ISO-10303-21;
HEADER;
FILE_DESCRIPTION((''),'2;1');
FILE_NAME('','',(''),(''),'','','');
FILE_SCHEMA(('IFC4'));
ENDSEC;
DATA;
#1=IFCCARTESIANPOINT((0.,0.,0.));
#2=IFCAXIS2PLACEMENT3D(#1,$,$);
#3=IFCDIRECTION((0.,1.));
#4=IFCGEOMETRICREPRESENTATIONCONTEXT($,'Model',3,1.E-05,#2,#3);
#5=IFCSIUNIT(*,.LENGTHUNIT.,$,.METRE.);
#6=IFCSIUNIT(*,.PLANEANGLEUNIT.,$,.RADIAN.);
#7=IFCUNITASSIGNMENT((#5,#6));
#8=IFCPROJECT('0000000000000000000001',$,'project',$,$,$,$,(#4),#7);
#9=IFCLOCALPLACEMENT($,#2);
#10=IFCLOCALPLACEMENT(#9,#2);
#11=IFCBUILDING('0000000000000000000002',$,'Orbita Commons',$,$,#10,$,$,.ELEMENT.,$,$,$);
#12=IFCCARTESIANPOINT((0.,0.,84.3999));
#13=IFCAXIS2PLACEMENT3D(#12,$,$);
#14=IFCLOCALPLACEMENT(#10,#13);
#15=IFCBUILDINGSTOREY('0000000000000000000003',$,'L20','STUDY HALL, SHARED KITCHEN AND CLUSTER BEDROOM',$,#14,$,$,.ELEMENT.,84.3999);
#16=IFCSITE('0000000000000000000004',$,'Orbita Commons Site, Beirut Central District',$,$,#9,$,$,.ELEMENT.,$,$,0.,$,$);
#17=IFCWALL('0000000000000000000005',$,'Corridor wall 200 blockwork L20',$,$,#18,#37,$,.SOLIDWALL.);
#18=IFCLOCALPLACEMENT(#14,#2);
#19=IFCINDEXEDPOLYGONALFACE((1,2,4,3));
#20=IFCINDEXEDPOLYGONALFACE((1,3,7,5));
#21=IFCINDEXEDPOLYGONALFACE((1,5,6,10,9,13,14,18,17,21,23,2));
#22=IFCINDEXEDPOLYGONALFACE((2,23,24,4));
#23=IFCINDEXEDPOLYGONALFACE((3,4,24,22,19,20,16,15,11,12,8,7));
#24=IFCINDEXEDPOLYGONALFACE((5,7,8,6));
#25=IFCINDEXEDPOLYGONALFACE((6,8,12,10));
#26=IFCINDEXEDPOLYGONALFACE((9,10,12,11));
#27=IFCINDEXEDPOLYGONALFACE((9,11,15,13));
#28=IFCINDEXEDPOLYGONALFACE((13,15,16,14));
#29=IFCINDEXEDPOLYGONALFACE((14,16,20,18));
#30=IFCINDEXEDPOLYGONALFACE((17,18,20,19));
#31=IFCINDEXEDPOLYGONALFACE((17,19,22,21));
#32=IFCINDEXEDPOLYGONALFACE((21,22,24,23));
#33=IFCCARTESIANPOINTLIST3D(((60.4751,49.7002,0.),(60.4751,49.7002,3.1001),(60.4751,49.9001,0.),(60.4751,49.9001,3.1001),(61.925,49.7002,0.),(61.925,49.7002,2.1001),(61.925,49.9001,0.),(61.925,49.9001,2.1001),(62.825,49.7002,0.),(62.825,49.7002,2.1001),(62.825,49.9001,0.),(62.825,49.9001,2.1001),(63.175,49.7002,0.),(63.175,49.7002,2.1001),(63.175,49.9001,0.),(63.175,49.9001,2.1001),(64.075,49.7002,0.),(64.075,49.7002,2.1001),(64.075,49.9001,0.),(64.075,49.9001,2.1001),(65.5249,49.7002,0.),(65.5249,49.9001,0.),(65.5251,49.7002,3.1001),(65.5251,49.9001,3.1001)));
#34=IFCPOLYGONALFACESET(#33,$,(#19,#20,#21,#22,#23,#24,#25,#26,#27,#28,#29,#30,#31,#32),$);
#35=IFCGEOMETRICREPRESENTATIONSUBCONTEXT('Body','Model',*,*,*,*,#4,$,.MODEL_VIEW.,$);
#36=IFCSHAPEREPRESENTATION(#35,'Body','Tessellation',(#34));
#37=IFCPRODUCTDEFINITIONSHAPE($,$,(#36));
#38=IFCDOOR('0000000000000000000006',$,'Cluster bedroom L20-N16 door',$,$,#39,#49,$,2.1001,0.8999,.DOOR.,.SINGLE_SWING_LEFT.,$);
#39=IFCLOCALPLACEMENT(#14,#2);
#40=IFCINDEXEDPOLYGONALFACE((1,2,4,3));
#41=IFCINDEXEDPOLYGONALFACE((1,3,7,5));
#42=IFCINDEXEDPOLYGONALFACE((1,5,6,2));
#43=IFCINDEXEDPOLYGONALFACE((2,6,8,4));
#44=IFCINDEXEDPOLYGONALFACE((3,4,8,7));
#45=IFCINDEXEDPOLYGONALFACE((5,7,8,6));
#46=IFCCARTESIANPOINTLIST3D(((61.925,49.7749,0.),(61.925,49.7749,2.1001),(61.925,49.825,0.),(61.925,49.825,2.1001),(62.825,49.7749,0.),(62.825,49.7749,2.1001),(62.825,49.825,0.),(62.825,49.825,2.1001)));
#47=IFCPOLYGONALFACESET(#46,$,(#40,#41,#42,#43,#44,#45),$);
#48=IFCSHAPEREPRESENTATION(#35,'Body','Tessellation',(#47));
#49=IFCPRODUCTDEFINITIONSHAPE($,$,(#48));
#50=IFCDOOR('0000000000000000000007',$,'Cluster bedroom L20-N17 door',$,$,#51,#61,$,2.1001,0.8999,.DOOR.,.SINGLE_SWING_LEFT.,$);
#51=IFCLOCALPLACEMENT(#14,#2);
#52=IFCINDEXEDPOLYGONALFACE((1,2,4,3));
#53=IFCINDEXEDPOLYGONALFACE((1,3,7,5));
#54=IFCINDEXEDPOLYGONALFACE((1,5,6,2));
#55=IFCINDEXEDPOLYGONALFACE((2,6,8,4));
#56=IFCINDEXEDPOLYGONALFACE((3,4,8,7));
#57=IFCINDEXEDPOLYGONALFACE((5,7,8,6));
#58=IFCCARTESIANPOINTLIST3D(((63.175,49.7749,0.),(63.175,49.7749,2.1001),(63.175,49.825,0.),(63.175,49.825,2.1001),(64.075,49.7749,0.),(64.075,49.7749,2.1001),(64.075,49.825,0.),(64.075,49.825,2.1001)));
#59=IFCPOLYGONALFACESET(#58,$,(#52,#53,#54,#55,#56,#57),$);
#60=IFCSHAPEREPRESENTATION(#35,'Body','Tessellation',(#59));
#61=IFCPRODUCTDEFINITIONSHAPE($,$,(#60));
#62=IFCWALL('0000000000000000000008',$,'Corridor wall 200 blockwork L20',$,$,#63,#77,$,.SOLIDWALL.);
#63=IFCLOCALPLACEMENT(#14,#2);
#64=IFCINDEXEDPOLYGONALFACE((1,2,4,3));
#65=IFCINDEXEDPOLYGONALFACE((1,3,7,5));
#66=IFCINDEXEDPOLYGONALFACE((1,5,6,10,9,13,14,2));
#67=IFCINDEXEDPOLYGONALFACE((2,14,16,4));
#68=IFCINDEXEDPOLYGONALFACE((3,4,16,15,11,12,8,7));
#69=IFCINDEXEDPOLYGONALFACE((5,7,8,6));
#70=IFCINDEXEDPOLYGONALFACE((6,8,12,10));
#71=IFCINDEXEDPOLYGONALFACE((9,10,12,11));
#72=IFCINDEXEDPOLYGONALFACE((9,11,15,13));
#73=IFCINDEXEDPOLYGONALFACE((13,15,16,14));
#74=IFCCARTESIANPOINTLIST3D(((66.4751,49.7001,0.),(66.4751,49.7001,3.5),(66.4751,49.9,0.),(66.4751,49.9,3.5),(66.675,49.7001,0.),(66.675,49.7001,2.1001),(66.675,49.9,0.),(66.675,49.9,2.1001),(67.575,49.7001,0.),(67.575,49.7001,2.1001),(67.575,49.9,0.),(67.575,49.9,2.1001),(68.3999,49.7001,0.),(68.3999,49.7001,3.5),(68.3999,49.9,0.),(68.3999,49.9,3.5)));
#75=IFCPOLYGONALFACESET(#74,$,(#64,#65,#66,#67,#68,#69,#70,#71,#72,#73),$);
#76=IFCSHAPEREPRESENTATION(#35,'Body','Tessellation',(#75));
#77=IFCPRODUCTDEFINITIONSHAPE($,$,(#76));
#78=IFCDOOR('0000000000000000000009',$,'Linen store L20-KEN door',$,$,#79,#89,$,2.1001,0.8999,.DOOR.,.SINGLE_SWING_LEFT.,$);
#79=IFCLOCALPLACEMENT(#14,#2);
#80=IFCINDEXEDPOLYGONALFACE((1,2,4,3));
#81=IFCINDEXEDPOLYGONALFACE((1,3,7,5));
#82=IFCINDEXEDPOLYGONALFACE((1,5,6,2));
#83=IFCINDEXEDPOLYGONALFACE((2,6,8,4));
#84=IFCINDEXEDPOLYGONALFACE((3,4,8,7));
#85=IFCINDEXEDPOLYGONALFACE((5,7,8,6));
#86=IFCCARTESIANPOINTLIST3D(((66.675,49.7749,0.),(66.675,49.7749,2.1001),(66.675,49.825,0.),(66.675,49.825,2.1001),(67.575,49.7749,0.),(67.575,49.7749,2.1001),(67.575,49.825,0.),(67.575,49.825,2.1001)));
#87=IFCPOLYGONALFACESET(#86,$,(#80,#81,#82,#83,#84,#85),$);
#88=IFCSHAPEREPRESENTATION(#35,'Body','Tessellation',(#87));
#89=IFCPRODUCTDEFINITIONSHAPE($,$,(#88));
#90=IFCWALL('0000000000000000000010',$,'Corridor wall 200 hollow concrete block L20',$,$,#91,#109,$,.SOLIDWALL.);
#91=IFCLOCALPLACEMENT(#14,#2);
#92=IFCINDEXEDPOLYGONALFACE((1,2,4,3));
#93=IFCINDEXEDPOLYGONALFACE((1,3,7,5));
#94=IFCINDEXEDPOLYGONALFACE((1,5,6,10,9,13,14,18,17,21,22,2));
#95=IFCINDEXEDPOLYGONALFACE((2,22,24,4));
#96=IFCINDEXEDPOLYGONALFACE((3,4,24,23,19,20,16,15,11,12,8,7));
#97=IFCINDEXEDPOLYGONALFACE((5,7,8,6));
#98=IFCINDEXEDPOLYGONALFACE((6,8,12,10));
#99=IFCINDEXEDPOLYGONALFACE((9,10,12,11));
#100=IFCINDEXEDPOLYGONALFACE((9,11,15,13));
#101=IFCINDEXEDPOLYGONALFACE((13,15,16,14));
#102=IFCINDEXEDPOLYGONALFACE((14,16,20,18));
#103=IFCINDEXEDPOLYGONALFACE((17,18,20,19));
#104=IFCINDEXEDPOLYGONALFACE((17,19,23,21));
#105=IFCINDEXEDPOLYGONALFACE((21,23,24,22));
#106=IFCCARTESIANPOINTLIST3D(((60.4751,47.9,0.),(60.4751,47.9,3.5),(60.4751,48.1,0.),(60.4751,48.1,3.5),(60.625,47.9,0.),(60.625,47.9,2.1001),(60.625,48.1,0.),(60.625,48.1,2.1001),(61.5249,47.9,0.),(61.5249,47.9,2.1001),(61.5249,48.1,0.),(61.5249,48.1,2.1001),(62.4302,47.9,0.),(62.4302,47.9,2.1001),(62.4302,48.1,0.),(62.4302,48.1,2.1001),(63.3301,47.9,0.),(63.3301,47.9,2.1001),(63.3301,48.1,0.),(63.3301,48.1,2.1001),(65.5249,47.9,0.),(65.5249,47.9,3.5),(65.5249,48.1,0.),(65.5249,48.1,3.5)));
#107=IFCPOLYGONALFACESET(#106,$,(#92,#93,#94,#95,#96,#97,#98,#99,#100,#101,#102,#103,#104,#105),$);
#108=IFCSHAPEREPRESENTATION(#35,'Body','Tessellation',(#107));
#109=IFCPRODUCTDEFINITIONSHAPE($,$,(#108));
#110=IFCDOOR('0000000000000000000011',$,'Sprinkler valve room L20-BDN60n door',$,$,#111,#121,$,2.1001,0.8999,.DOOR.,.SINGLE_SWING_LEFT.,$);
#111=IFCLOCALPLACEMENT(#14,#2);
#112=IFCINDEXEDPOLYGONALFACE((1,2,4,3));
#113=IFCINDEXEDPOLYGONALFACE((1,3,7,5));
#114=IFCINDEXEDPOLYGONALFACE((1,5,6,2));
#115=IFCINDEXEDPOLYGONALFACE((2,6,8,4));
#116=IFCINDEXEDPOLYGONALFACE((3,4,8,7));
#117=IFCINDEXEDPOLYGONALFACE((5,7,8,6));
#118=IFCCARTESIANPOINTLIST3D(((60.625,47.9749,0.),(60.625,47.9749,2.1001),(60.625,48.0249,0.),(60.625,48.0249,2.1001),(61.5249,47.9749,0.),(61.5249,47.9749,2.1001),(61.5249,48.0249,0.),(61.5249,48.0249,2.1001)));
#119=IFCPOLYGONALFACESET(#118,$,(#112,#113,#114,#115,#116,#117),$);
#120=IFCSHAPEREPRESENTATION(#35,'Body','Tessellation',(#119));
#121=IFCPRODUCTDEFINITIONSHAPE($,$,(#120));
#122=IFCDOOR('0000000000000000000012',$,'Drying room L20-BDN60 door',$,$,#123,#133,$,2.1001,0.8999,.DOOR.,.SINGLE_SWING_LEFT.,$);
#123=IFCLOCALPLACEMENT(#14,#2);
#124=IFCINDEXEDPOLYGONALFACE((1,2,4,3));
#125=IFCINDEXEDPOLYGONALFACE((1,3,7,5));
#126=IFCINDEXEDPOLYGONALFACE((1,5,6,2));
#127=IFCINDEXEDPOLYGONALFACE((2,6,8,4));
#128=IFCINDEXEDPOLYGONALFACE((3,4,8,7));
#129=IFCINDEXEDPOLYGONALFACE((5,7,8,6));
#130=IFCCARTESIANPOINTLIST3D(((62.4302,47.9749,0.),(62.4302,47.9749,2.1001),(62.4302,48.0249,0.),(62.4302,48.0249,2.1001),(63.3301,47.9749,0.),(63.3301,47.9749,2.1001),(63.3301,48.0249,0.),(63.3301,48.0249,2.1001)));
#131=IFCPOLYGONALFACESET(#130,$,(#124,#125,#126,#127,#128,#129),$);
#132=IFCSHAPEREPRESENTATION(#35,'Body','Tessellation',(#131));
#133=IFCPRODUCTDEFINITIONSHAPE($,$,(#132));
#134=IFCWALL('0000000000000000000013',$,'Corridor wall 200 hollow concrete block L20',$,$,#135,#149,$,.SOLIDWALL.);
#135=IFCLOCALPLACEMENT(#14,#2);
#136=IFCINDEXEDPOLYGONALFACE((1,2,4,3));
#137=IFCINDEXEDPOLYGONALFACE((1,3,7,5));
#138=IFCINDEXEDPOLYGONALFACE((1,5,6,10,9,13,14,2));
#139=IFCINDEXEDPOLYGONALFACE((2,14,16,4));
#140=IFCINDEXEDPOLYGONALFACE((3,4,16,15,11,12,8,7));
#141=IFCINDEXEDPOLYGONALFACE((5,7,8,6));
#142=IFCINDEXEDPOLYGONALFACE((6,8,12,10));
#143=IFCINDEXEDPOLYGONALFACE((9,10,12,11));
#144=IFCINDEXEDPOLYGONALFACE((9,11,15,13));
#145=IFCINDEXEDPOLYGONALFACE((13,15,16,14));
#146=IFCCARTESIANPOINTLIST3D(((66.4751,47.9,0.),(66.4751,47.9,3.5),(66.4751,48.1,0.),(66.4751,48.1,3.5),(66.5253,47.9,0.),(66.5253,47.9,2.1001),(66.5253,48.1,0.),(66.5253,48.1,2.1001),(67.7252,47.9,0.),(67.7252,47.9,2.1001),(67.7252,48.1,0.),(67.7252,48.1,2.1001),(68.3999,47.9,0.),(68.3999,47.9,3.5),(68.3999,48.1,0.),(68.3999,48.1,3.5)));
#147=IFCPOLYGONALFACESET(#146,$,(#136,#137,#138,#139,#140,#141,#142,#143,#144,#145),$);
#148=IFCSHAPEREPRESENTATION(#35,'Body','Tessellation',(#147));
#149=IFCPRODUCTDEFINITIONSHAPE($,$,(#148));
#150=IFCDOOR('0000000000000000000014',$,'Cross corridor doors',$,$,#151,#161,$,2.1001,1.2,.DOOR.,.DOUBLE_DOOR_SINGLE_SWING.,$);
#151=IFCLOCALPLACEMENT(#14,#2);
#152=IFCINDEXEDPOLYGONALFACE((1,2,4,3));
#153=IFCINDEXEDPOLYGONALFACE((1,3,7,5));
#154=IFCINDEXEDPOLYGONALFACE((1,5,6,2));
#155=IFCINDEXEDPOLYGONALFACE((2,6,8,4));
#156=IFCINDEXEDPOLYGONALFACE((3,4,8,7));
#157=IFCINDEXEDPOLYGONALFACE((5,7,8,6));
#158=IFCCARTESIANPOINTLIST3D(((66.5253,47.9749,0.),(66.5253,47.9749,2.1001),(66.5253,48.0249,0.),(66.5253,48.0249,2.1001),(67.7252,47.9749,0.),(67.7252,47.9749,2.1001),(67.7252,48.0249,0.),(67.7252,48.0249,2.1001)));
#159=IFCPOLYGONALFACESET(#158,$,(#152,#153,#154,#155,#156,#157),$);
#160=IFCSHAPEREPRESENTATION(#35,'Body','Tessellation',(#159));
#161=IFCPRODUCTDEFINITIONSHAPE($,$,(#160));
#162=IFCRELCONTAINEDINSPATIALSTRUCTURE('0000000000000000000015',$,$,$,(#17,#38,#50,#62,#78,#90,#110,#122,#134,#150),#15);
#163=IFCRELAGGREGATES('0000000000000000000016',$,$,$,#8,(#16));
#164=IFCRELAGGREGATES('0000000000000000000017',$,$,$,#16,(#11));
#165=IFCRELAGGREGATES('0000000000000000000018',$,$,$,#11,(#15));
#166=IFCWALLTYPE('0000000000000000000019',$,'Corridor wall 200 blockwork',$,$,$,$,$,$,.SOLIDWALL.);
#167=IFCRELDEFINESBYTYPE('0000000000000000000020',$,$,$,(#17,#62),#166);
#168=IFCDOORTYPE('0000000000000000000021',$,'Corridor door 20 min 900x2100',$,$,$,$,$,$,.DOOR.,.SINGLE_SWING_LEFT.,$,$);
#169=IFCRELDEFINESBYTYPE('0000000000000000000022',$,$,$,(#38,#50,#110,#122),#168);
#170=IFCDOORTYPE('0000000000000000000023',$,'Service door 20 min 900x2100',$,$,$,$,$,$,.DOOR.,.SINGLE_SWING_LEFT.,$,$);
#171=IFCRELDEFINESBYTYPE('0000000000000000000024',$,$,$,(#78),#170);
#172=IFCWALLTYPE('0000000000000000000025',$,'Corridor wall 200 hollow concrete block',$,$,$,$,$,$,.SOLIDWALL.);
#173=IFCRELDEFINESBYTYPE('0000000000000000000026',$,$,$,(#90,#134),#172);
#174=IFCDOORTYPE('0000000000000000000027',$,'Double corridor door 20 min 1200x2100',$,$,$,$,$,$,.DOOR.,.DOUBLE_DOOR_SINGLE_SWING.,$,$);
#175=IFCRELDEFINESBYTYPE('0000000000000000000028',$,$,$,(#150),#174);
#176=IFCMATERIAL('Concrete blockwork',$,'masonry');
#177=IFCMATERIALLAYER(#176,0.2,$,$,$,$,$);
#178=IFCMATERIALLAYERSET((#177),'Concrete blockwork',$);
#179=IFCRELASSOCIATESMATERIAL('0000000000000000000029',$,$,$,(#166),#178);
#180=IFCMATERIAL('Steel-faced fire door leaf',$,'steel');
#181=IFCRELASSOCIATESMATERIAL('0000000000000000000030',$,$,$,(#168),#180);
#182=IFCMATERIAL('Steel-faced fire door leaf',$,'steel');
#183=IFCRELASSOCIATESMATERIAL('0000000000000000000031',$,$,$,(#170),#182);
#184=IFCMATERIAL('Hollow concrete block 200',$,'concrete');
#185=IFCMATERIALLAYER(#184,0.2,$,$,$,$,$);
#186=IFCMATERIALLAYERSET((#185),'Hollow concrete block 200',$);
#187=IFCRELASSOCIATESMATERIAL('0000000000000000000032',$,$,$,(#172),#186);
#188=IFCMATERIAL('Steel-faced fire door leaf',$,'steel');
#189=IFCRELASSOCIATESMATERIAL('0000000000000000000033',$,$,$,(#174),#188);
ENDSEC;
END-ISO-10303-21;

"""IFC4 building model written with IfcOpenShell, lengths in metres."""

from ifc_helpers import new_model, si_unit, direction, frame, frame_2d, origin, place, context, subcontext, project, spatial, polyline, rectangle, outline, extrude, material, layer, layer_set, type_object, element, fill, save


model = new_model("IFC4")

# Units and contexts
model_context = context("Model", 3, precision=1e-05, world=origin(), true_north=direction((0.0, 1.0)))
body_context = subcontext(model_context, "Body", "Model", "MODEL_VIEW")
ifc_project = project(units=[si_unit("LENGTHUNIT", "METRE"), si_unit("PLANEANGLEUNIT", "RADIAN")], contexts=[model_context])

# Site, building, storey
site_placement = place(None, origin())
site = spatial("IfcSite", under=ifc_project, at=site_placement, Name="Orbita Commons Site, Beirut Central District", CompositionType="ELEMENT", RefElevation=0.0)
building_placement = place(site_placement, origin())
building = spatial("IfcBuilding", under=site, at=building_placement, Name="Orbita Commons", CompositionType="ELEMENT")
storey_placement = place(building_placement, frame((0.0, 0.0, 84.3999)))
storey = spatial("IfcBuildingStorey", under=building, at=storey_placement, Name="L20", Description="STUDY HALL, SHARED KITCHEN AND CLUSTER BEDROOM", CompositionType="ELEMENT", Elevation=84.3999)

# Wall, openings, doors
ifc_material_1 = material(Name="Concrete blockwork", Category="masonry")
ifc_layer_1 = layer(ifc_material_1, 0.2)
ifc_layer_set_1 = layer_set([ifc_layer_1], Name="Concrete blockwork")
wall_type_1 = type_object("IfcWallType", Name="Corridor wall 200 blockwork", PredefinedType="SOLIDWALL", material=ifc_layer_set_1)
ifc_material_2 = material(Name="Steel-faced fire door leaf", Category="steel")
door_type_1 = type_object("IfcDoorType", Name="Corridor door 20 min 900x2100", OperationType="SINGLE_SWING_LEFT", PredefinedType="DOOR", material=ifc_material_2)
wall_1_placement = place(storey_placement, frame((60.4751, 49.8, 0.0), z_axis=(0.0, 0.0, 1.0), x_axis=(1.0, 0.0, 0.0)))
wall_1 = element("IfcWall", 1, at=wall_1_placement, inside=storey, type_object=wall_type_1, Name="Corridor wall 200 blockwork L20", PredefinedType="SOLIDWALL", context=body_context, shape_type="SweptSolid", body=[
    extrude(outline(polyline([(0.0, 0.0), (5.0498, 0.0), (5.05, 3.1001), (0.0, 3.1001), (0.0, 0.0)])), frame((0.0, 0.1001, 0.0), z_axis=(0.0, -1.0, 0.0), x_axis=(1.0, 0.0, 0.0)), (0.0, 0.0, 1.0), 0.2),
])
opening_1_placement = place(wall_1_placement, frame((1.45, 0.0, 0.0)))
opening_1 = element("IfcOpeningElement", 2, at=opening_1_placement, cuts=wall_1, PredefinedType="OPENING", context=body_context, shape_type="SweptSolid", body=[
    extrude(rectangle(XDim=0.8999, YDim=2.1001, at=frame_2d((0.45, 1.05))), frame((0.0, 0.1099, 0.0), z_axis=(0.0, -1.0, 0.0), x_axis=(1.0, 0.0, 0.0)), (0.0, 0.0, 1.0), 0.22),
])
opening_2_placement = place(wall_1_placement, frame((2.7, 0.0, 0.0)))
opening_2 = element("IfcOpeningElement", 3, at=opening_2_placement, cuts=wall_1, PredefinedType="OPENING", context=body_context, shape_type="SweptSolid", body=[
    extrude(rectangle(XDim=0.8999, YDim=2.1001, at=frame_2d((0.45, 1.05))), frame((0.0, 0.1099, 0.0), z_axis=(0.0, -1.0, 0.0), x_axis=(1.0, 0.0, 0.0)), (0.0, 0.0, 1.0), 0.22),
])
door_1_placement = place(opening_1_placement, origin())
door_1 = element("IfcDoor", 4, at=door_1_placement, inside=storey, type_object=door_type_1, Name="Cluster bedroom L20-N16 door", OperationType="SINGLE_SWING_LEFT", OverallHeight=2.1001, OverallWidth=0.8999, PredefinedType="DOOR", context=body_context, shape_type="SweptSolid", body=[
    extrude(rectangle(XDim=0.8999, YDim=2.1001, at=frame_2d((0.45, 1.05))), frame((0.0, 0.0249, 0.0), z_axis=(0.0, -1.0, 0.0), x_axis=(1.0, 0.0, 0.0)), (0.0, 0.0, 1.0), 0.05),
])
fill(opening_1, door_1)
door_2_placement = place(opening_2_placement, origin())
door_2 = element("IfcDoor", 5, at=door_2_placement, inside=storey, type_object=door_type_1, Name="Cluster bedroom L20-N17 door", OperationType="SINGLE_SWING_LEFT", OverallHeight=2.1001, OverallWidth=0.8999, PredefinedType="DOOR", context=body_context, shape_type="SweptSolid", body=[
    extrude(rectangle(XDim=0.8999, YDim=2.1001, at=frame_2d((0.45, 1.05))), frame((0.0, 0.0249, 0.0), z_axis=(0.0, -1.0, 0.0), x_axis=(1.0, 0.0, 0.0)), (0.0, 0.0, 1.0), 0.05),
])
fill(opening_2, door_2)

# Wall, opening, door
wall_2_placement = place(storey_placement, frame((66.4751, 49.8, 0.0), z_axis=(0.0, 0.0, 1.0), x_axis=(1.0, 0.0, 0.0)))
wall_2 = element("IfcWall", 6, at=wall_2_placement, inside=storey, type_object=wall_type_1, Name="Corridor wall 200 blockwork L20", PredefinedType="SOLIDWALL", context=body_context, shape_type="SweptSolid", body=[
    extrude(rectangle(XDim=1.9248, YDim=0.2, at=frame_2d((0.9624, 0.0))), origin(), (0.0, 0.0, 1.0), 3.5),
])
opening_3_placement = place(wall_2_placement, frame((0.2, 0.0, 0.0)))
opening_3 = element("IfcOpeningElement", 7, at=opening_3_placement, cuts=wall_2, PredefinedType="OPENING", context=body_context, shape_type="SweptSolid", body=[
    extrude(rectangle(XDim=0.8999, YDim=2.1001, at=frame_2d((0.45, 1.05))), frame((0.0, 0.1099, 0.0), z_axis=(0.0, -1.0, 0.0), x_axis=(1.0, 0.0, 0.0)), (0.0, 0.0, 1.0), 0.22),
])
ifc_material_3 = material(Name="Steel-faced fire door leaf", Category="steel")
door_type_2 = type_object("IfcDoorType", Name="Service door 20 min 900x2100", OperationType="SINGLE_SWING_LEFT", PredefinedType="DOOR", material=ifc_material_3)
door_3_placement = place(opening_3_placement, origin())
door_3 = element("IfcDoor", 8, at=door_3_placement, inside=storey, type_object=door_type_2, Name="Linen store L20-KEN door", OperationType="SINGLE_SWING_LEFT", OverallHeight=2.1001, OverallWidth=0.8999, PredefinedType="DOOR", context=body_context, shape_type="SweptSolid", body=[
    extrude(rectangle(XDim=0.8999, YDim=2.1001, at=frame_2d((0.45, 1.05))), frame((0.0, 0.0249, 0.0), z_axis=(0.0, -1.0, 0.0), x_axis=(1.0, 0.0, 0.0)), (0.0, 0.0, 1.0), 0.05),
])
fill(opening_3, door_3)

# Wall, openings, doors
ifc_material_4 = material(Name="Hollow concrete block 200", Category="concrete")
ifc_layer_2 = layer(ifc_material_4, 0.2)
ifc_layer_set_2 = layer_set([ifc_layer_2], Name="Hollow concrete block 200")
wall_type_2 = type_object("IfcWallType", Name="Corridor wall 200 hollow concrete block", PredefinedType="SOLIDWALL", material=ifc_layer_set_2)
wall_3_placement = place(storey_placement, frame((60.4751, 48.0, 0.0), z_axis=(0.0, 0.0, 1.0), x_axis=(1.0, 0.0, 0.0)))
wall_3 = element("IfcWall", 9, at=wall_3_placement, inside=storey, type_object=wall_type_2, Name="Corridor wall 200 hollow concrete block L20", PredefinedType="SOLIDWALL", context=body_context, shape_type="SweptSolid", body=[
    extrude(rectangle(XDim=5.0498, YDim=0.2, at=frame_2d((2.5249, 0.0))), origin(), (0.0, 0.0, 1.0), 3.5),
])
opening_4_placement = place(wall_3_placement, frame((0.1499, 0.0, 0.0)))
opening_4 = element("IfcOpeningElement", 10, at=opening_4_placement, cuts=wall_3, PredefinedType="OPENING", context=body_context, shape_type="SweptSolid", body=[
    extrude(rectangle(XDim=0.8999, YDim=2.1001, at=frame_2d((0.45, 1.05))), frame((0.0, 0.1099, 0.0), z_axis=(0.0, -1.0, 0.0), x_axis=(1.0, 0.0, 0.0)), (0.0, 0.0, 1.0), 0.22),
])
opening_5_placement = place(wall_3_placement, frame((1.9551, 0.0, 0.0)))
opening_5 = element("IfcOpeningElement", 11, at=opening_5_placement, cuts=wall_3, PredefinedType="OPENING", context=body_context, shape_type="SweptSolid", body=[
    extrude(rectangle(XDim=0.8999, YDim=2.1001, at=frame_2d((0.45, 1.05))), frame((0.0, 0.1099, 0.0), z_axis=(0.0, -1.0, 0.0), x_axis=(1.0, 0.0, 0.0)), (0.0, 0.0, 1.0), 0.22),
])
door_4_placement = place(opening_4_placement, origin())
door_4 = element("IfcDoor", 12, at=door_4_placement, inside=storey, type_object=door_type_1, Name="Sprinkler valve room L20-BDN60n door", OperationType="SINGLE_SWING_LEFT", OverallHeight=2.1001, OverallWidth=0.8999, PredefinedType="DOOR", context=body_context, shape_type="SweptSolid", body=[
    extrude(rectangle(XDim=0.8999, YDim=2.1001, at=frame_2d((0.45, 1.05))), frame((0.0, 0.0249, 0.0), z_axis=(0.0, -1.0, 0.0), x_axis=(1.0, 0.0, 0.0)), (0.0, 0.0, 1.0), 0.05),
])
fill(opening_4, door_4)
door_5_placement = place(opening_5_placement, origin())
door_5 = element("IfcDoor", 13, at=door_5_placement, inside=storey, type_object=door_type_1, Name="Drying room L20-BDN60 door", OperationType="SINGLE_SWING_LEFT", OverallHeight=2.1001, OverallWidth=0.8999, PredefinedType="DOOR", context=body_context, shape_type="SweptSolid", body=[
    extrude(rectangle(XDim=0.8999, YDim=2.1001, at=frame_2d((0.45, 1.05))), frame((0.0, 0.0249, 0.0), z_axis=(0.0, -1.0, 0.0), x_axis=(1.0, 0.0, 0.0)), (0.0, 0.0, 1.0), 0.05),
])
fill(opening_5, door_5)

# Wall, opening, door
wall_4_placement = place(storey_placement, frame((66.4751, 48.0, 0.0), z_axis=(0.0, 0.0, 1.0), x_axis=(1.0, 0.0, 0.0)))
wall_4 = element("IfcWall", 14, at=wall_4_placement, inside=storey, type_object=wall_type_2, Name="Corridor wall 200 hollow concrete block L20", PredefinedType="SOLIDWALL", context=body_context, shape_type="SweptSolid", body=[
    extrude(rectangle(XDim=1.9248, YDim=0.2, at=frame_2d((0.9624, 0.0))), origin(), (0.0, 0.0, 1.0), 3.5),
])
opening_6_placement = place(wall_4_placement, frame((0.05, 0.0, 0.0)))
opening_6 = element("IfcOpeningElement", 15, at=opening_6_placement, cuts=wall_4, PredefinedType="OPENING", context=body_context, shape_type="SweptSolid", body=[
    extrude(rectangle(XDim=1.2, YDim=2.1001, at=frame_2d((0.6001, 1.05))), frame((0.0, 0.1099, 0.0), z_axis=(0.0, -1.0, 0.0), x_axis=(1.0, 0.0, 0.0)), (0.0, 0.0, 1.0), 0.22),
])
ifc_material_5 = material(Name="Steel-faced fire door leaf", Category="steel")
door_type_3 = type_object("IfcDoorType", Name="Double corridor door 20 min 1200x2100", OperationType="DOUBLE_DOOR_SINGLE_SWING", PredefinedType="DOOR", material=ifc_material_5)
door_6_placement = place(opening_6_placement, origin())
door_6 = element("IfcDoor", 16, at=door_6_placement, inside=storey, type_object=door_type_3, Name="Cross corridor doors", OperationType="DOUBLE_DOOR_SINGLE_SWING", OverallHeight=2.1001, OverallWidth=1.2, PredefinedType="DOOR", context=body_context, shape_type="SweptSolid", body=[
    extrude(rectangle(XDim=1.2, YDim=2.1001, at=frame_2d((0.6001, 1.05))), frame((0.0, 0.0249, 0.0), z_axis=(0.0, -1.0, 0.0), x_axis=(1.0, 0.0, 0.0)), (0.0, 0.0, 1.0), 0.05),
])
fill(opening_6, door_6)

save(model, "model.ifc")
